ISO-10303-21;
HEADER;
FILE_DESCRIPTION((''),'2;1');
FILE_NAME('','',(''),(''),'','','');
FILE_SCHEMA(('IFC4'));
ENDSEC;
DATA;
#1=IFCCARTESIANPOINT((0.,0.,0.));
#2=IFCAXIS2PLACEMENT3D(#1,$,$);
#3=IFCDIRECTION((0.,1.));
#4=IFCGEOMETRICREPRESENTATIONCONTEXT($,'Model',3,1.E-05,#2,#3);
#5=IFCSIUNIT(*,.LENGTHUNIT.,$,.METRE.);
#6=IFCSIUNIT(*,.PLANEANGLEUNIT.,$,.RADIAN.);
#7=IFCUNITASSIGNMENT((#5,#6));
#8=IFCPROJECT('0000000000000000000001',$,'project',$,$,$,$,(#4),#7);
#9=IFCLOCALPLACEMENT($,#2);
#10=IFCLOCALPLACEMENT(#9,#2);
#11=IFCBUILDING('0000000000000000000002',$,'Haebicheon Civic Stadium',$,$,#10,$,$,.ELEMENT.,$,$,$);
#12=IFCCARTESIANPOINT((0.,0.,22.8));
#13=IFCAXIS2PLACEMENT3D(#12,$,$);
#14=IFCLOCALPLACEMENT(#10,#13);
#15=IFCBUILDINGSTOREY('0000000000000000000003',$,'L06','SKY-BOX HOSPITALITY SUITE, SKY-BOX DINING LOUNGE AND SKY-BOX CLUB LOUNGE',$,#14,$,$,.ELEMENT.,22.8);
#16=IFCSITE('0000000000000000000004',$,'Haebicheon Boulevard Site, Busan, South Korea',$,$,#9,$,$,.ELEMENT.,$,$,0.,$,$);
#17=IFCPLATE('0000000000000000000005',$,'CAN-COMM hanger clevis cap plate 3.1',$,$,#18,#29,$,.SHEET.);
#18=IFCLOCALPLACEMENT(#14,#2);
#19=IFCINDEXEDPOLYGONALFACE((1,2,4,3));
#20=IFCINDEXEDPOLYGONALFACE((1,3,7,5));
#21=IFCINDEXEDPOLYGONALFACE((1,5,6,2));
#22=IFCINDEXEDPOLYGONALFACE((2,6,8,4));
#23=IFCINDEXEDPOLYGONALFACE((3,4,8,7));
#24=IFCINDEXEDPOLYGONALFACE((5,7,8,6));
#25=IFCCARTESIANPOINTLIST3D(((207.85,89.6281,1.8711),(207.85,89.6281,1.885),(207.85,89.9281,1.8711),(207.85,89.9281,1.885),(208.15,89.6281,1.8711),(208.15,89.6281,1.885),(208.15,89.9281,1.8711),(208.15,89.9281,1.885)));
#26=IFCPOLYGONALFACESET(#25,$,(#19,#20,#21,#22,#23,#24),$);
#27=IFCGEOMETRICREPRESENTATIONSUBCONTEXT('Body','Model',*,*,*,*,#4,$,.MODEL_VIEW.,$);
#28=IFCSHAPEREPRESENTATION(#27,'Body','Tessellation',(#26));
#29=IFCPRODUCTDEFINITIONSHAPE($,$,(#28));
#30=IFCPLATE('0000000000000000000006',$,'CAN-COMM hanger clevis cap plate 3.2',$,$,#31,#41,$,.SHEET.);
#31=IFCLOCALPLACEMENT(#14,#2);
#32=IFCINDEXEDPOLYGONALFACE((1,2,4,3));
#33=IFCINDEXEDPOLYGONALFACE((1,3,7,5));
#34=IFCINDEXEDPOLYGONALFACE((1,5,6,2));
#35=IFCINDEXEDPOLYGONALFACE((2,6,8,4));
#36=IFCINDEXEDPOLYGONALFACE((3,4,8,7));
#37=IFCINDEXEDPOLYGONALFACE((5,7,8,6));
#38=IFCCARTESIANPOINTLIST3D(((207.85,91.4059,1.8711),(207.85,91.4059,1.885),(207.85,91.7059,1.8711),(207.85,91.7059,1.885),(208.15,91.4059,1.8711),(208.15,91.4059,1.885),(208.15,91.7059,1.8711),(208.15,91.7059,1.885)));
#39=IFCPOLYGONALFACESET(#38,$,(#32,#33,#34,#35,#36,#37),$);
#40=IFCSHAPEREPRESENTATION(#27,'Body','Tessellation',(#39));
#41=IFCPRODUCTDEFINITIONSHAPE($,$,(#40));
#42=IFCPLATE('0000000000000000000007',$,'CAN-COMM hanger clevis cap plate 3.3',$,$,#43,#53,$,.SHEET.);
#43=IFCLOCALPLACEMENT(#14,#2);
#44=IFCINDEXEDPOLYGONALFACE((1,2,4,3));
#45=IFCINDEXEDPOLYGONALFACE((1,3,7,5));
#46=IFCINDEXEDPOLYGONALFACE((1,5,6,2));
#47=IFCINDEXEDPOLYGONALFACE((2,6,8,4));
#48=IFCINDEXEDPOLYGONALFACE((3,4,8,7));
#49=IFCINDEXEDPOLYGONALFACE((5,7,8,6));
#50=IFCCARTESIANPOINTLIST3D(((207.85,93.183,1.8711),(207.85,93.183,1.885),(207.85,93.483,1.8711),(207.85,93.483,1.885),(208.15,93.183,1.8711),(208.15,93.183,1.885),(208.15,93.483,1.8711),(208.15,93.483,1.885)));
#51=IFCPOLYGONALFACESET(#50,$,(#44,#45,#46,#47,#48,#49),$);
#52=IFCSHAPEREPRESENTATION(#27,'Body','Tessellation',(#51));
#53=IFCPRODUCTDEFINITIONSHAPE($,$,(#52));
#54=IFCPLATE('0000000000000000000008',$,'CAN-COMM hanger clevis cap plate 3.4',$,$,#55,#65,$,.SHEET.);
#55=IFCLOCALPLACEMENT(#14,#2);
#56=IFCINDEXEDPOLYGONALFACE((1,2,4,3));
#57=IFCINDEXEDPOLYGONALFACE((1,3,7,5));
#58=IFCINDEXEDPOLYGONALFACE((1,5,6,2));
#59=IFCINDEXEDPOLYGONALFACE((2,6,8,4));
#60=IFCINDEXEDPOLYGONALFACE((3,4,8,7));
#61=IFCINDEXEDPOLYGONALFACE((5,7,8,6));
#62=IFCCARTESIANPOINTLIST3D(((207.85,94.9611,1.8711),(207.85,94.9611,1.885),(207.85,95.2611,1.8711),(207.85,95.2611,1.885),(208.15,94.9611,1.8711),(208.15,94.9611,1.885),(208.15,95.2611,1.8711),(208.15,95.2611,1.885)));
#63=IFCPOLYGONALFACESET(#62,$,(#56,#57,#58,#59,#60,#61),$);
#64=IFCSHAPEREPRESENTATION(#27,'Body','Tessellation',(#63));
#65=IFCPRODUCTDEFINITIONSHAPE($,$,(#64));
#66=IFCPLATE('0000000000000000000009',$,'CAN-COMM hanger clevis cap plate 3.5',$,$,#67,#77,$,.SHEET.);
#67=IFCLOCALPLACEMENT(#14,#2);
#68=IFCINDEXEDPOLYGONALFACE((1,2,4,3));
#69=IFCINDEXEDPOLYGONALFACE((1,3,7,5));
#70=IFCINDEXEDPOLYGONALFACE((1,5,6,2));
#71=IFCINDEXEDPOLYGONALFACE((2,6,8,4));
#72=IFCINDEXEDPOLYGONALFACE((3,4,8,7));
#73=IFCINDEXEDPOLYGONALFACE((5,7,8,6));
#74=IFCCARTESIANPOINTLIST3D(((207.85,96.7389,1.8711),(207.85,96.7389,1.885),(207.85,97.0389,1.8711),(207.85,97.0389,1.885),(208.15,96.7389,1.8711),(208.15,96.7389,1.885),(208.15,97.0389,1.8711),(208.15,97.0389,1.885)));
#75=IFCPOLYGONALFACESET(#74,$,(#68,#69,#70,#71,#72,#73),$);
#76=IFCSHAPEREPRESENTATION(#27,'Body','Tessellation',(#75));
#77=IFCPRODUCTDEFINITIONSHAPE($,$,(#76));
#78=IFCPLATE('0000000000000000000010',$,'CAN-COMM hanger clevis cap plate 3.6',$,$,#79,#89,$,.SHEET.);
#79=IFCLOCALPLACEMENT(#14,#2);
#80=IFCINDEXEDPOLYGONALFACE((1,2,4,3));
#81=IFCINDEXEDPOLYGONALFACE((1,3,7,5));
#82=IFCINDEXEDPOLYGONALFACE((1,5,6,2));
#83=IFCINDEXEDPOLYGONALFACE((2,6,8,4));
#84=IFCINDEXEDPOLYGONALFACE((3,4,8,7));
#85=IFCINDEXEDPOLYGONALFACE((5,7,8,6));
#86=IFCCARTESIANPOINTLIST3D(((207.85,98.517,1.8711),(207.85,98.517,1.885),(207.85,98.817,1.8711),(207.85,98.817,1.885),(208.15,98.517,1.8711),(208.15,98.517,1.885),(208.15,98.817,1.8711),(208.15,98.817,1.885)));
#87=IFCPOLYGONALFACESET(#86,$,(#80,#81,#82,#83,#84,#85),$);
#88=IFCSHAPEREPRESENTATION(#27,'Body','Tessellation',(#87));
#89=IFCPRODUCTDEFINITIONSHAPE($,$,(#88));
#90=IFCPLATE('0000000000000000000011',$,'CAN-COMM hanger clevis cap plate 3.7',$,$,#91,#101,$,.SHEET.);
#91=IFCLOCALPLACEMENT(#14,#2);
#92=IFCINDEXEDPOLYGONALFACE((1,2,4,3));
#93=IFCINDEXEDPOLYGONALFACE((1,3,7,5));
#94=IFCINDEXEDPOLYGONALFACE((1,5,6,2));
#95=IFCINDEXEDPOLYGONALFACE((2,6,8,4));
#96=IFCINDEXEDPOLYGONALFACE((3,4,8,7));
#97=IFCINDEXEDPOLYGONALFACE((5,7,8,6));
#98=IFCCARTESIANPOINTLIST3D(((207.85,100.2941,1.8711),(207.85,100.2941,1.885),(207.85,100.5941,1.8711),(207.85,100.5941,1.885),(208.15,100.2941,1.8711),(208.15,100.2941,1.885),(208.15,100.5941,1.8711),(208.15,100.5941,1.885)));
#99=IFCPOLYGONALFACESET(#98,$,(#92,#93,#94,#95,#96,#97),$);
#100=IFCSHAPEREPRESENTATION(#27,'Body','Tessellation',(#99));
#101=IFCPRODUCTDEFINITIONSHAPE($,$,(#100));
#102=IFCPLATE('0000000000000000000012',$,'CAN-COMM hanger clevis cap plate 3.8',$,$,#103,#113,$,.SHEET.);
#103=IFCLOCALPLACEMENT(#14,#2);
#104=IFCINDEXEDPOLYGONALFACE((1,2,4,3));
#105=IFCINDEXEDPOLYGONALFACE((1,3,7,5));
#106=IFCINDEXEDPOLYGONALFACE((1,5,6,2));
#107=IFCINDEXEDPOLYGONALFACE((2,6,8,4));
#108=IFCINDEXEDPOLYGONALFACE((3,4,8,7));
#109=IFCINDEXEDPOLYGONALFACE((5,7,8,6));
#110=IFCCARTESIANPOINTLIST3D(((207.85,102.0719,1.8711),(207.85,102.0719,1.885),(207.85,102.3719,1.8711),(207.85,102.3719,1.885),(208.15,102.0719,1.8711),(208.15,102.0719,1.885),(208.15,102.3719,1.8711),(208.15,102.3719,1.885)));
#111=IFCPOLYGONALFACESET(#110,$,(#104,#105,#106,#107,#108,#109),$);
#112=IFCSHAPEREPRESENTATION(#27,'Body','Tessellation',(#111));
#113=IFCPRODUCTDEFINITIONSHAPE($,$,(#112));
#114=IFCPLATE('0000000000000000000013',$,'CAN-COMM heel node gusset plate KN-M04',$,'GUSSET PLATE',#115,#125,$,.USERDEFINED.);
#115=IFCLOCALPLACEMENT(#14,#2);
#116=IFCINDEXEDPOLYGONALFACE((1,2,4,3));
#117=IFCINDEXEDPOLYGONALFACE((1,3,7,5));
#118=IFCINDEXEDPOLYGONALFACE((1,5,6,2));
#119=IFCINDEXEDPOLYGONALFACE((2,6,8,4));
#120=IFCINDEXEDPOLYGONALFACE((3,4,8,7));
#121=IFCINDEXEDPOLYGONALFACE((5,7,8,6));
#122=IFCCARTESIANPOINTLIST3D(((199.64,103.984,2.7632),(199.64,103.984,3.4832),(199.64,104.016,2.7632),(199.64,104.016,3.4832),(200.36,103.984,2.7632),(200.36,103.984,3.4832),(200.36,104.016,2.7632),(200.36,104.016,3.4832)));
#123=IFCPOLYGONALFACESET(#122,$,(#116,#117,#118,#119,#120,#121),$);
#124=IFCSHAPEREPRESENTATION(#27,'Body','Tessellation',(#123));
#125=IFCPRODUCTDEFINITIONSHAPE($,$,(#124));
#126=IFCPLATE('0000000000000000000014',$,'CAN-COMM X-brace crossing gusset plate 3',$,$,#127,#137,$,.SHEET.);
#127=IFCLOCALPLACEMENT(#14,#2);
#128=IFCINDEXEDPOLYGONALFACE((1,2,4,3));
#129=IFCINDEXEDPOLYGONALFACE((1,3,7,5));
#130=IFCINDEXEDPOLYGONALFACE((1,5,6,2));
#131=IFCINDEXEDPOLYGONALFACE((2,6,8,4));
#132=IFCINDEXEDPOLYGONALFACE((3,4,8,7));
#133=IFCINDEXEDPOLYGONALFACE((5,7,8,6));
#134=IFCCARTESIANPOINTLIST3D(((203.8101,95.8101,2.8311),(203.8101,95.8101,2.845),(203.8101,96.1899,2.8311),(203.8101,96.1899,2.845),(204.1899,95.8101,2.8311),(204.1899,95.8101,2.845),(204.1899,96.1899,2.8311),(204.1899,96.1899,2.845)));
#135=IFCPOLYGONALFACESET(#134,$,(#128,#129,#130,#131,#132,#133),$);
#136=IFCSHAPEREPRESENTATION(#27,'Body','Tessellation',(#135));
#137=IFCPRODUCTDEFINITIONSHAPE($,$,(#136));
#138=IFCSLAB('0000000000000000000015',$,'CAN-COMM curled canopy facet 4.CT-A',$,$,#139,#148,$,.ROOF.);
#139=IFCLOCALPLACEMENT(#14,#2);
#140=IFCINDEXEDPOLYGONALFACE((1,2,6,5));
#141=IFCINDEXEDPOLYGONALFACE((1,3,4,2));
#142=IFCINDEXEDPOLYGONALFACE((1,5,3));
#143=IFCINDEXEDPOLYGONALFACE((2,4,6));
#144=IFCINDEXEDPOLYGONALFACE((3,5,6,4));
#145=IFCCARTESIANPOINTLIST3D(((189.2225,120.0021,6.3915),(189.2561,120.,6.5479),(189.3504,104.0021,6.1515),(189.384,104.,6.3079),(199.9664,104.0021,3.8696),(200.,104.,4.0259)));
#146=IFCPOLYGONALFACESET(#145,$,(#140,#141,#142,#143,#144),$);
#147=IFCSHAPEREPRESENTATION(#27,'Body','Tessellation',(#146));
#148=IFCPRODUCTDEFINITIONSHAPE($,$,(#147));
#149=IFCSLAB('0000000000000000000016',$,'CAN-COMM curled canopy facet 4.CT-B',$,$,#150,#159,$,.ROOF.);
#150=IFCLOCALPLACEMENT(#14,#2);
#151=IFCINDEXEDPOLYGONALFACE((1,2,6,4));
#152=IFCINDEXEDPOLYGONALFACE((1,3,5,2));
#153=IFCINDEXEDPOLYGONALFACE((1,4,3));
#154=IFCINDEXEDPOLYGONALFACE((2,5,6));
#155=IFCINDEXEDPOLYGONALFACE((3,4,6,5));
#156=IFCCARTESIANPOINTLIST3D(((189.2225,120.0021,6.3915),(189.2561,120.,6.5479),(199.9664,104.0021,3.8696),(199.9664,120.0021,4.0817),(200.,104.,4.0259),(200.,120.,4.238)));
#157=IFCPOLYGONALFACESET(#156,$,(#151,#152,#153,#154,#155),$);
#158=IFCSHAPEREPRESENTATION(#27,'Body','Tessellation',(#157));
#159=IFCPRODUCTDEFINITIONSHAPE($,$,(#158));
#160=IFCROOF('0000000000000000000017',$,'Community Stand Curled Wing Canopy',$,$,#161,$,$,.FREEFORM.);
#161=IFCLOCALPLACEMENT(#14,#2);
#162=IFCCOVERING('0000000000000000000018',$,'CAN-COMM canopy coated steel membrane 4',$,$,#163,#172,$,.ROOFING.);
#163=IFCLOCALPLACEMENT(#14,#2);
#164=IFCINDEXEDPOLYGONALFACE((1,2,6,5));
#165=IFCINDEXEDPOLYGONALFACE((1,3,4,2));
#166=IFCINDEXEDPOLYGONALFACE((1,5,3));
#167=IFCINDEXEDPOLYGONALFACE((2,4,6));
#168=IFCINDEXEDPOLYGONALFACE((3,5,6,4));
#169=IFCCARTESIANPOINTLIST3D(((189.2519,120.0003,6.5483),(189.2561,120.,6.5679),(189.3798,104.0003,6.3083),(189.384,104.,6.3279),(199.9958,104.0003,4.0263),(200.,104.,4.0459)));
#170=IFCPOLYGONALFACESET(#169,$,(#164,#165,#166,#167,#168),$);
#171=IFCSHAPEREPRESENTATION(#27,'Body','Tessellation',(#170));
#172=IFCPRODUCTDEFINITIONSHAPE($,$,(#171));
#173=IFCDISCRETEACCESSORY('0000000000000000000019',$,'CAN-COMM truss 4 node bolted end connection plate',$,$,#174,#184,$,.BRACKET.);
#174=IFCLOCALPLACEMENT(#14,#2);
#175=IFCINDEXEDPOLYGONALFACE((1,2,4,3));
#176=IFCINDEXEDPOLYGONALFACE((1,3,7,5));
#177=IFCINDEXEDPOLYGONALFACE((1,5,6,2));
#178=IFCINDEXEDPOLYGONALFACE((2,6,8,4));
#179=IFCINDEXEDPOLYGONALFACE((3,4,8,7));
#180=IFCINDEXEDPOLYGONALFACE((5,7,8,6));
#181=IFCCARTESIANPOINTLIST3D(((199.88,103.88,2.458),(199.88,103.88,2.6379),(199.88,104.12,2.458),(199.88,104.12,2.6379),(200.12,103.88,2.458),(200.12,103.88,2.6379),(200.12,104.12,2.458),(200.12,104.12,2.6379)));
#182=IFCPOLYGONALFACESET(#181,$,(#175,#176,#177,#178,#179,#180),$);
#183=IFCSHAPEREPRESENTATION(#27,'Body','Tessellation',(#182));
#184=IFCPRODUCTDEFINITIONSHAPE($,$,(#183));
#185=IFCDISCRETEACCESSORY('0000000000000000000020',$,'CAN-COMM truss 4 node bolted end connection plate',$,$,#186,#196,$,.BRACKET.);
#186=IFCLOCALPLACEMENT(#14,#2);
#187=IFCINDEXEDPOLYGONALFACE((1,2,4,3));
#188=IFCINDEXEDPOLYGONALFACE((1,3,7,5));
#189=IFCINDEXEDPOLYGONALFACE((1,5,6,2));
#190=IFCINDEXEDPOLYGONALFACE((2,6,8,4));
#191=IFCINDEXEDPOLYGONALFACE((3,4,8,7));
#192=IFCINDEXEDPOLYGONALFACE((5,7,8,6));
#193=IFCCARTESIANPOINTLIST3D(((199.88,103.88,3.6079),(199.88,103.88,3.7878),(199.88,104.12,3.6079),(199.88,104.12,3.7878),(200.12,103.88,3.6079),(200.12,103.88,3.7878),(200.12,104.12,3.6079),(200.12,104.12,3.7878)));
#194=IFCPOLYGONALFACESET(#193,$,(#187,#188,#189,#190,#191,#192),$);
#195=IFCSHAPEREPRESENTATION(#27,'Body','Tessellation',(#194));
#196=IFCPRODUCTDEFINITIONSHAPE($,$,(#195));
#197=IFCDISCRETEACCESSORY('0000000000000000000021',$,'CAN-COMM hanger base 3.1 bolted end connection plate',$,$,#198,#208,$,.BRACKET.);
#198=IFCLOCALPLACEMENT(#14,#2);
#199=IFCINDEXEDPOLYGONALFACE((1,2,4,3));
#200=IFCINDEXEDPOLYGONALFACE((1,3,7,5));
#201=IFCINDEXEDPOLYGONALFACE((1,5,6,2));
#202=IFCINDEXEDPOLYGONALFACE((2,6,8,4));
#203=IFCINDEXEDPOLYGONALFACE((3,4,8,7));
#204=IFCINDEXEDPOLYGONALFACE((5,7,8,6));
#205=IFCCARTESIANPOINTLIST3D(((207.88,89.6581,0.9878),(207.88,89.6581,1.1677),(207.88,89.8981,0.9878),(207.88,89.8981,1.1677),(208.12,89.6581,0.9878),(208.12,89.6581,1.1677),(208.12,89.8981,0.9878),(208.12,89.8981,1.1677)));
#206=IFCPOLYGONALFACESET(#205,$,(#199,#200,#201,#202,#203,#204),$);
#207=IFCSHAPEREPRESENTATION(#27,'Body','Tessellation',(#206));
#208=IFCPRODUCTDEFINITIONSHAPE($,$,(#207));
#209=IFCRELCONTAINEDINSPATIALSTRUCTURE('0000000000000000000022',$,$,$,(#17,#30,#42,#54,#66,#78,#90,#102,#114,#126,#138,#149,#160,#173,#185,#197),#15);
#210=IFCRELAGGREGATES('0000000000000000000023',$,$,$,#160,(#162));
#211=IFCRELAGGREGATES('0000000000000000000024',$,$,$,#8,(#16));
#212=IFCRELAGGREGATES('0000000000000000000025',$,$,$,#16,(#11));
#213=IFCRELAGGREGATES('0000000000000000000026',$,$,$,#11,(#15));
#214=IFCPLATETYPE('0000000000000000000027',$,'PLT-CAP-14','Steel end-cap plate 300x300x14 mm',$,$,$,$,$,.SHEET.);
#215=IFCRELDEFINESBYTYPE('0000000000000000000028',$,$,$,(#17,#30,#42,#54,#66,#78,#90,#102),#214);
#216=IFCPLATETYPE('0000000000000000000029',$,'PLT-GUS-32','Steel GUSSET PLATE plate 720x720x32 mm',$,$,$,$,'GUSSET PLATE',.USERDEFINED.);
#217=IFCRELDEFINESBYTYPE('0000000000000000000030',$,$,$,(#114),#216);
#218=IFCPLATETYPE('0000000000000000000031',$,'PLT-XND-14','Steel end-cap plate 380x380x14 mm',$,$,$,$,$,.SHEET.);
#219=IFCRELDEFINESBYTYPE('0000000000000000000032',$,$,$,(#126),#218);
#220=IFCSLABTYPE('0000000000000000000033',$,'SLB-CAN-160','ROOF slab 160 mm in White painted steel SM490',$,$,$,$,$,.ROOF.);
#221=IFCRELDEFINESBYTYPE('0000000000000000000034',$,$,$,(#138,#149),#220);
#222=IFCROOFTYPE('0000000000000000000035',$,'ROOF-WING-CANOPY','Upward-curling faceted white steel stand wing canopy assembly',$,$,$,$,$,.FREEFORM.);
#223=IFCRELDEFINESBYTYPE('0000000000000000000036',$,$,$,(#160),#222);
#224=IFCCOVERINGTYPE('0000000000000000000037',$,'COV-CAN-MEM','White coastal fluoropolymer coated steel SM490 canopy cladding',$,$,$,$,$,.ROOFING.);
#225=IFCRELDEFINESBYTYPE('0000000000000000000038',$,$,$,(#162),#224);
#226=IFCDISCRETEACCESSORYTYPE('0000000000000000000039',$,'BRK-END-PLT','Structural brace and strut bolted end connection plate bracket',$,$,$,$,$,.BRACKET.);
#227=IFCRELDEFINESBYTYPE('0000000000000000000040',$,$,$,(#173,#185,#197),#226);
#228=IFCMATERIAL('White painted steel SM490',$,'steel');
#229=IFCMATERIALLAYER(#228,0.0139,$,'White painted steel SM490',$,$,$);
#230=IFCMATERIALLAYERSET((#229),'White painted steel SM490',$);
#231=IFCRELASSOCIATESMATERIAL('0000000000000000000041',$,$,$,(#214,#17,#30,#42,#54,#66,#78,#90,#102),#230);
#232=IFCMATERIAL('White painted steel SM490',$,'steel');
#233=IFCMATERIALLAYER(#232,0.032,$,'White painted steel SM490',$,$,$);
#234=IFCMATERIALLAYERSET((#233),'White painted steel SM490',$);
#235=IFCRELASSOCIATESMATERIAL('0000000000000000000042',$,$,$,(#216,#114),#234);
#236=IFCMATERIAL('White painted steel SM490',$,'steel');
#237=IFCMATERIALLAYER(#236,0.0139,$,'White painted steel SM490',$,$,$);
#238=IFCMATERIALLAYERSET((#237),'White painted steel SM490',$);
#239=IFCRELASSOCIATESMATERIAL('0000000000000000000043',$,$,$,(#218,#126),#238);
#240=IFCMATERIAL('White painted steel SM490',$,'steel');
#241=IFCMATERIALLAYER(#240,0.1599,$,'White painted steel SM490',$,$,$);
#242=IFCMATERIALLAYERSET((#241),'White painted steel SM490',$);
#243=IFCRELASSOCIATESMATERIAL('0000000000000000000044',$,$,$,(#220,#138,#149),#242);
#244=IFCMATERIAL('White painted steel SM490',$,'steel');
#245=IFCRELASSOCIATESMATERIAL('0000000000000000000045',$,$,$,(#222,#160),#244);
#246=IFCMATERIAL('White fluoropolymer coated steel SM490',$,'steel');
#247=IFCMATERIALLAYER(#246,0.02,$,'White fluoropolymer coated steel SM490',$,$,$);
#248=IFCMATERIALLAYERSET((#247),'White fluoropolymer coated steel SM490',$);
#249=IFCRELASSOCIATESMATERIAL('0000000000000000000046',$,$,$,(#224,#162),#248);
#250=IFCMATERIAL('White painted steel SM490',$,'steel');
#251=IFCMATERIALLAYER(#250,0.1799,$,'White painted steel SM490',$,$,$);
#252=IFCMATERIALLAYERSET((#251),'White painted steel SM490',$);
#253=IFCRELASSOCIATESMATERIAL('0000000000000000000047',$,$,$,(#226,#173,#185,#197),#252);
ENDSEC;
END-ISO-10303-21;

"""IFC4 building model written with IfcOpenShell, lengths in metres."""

from ifc_helpers import new_model, si_unit, direction, frame, origin, origin_2d, place, context, subcontext, project, spatial, polyline, rectangle, outline, extrude, material, layer, layer_set, type_object, element, aggregate, save


model = new_model("IFC4")

# Units and contexts
model_context = context("Model", 3, precision=1e-05, world=origin(), true_north=direction((0.0, 1.0)))
body_context = subcontext(model_context, "Body", "Model", "MODEL_VIEW")
ifc_project = project(units=[si_unit("LENGTHUNIT", "METRE"), si_unit("PLANEANGLEUNIT", "RADIAN")], contexts=[model_context])

# Site, building, storey
site_placement = place(None, origin())
site = spatial("IfcSite", under=ifc_project, at=site_placement, Name="Haebicheon Boulevard Site, Busan, South Korea", CompositionType="ELEMENT", RefElevation=0.0)
building_placement = place(site_placement, origin())
building = spatial("IfcBuilding", under=site, at=building_placement, Name="Haebicheon Civic Stadium", CompositionType="ELEMENT")
storey_placement = place(building_placement, frame((0.0, 0.0, 22.8)))
storey = spatial("IfcBuildingStorey", under=building, at=storey_placement, Name="L06", Description="SKY-BOX HOSPITALITY SUITE, SKY-BOX DINING LOUNGE AND SKY-BOX CLUB LOUNGE", CompositionType="ELEMENT", Elevation=22.8)

# Plates
ifc_material_1 = material(Name="White painted steel SM490", Category="steel")
ifc_layer_1 = layer(ifc_material_1, 0.0139, Name="White painted steel SM490")
ifc_layer_set_1 = layer_set([ifc_layer_1], Name="White painted steel SM490")
plate_type_1 = type_object("IfcPlateType", Name="PLT-CAP-14", Description="Steel end-cap plate 300x300x14 mm", PredefinedType="SHEET", material=ifc_layer_set_1)
for number, where, z_axis, x_axis, name in (
    (1, (208.0, 89.7781, 1.8711), (0.0, 0.0, 1.0), (1.0, 0.0, 0.0), "CAN-COMM hanger clevis cap plate 3.1"),
    (2, (208.0, 91.5559, 1.8711), (0.0, 0.0, 1.0), (1.0, 0.0, 0.0), "CAN-COMM hanger clevis cap plate 3.2"),
    (3, (208.0, 93.333, 1.8711), (0.0, 0.0, 1.0), (1.0, 0.0, 0.0), "CAN-COMM hanger clevis cap plate 3.3"),
    (4, (208.0, 95.1111, 1.8711), (0.0, 0.0, 1.0), (1.0, 0.0, 0.0), "CAN-COMM hanger clevis cap plate 3.4"),
    (5, (208.0, 96.8889, 1.8711), (0.0, 0.0, 1.0), (1.0, 0.0, 0.0), "CAN-COMM hanger clevis cap plate 3.5"),
    (6, (208.0, 98.667, 1.8711), (0.0, 0.0, 1.0), (1.0, 0.0, 0.0), "CAN-COMM hanger clevis cap plate 3.6"),
    (7, (208.0, 100.4441, 1.8711), (0.0, 0.0, 1.0), (1.0, 0.0, 0.0), "CAN-COMM hanger clevis cap plate 3.7"),
    (8, (208.0, 102.2219, 1.8711), (0.0, 0.0, 1.0), (1.0, 0.0, 0.0), "CAN-COMM hanger clevis cap plate 3.8"),
):
    element("IfcPlate", number, at=place(storey_placement, frame(where, z_axis=z_axis, x_axis=x_axis)), inside=storey, type_object=plate_type_1, material=ifc_layer_set_1, Name=name, PredefinedType="SHEET", context=body_context, shape_type="SweptSolid", body=[
        extrude(rectangle(XDim=0.3, YDim=0.3, at=origin_2d()), origin(), (0.0, 0.0, 1.0), 0.0139),
    ])
ifc_material_2 = material(Name="White painted steel SM490", Category="steel")
ifc_layer_2 = layer(ifc_material_2, 0.032, Name="White painted steel SM490")
ifc_layer_set_2 = layer_set([ifc_layer_2], Name="White painted steel SM490")
plate_type_2 = type_object("IfcPlateType", Name="PLT-GUS-32", Description="Steel GUSSET PLATE plate 720x720x32 mm", ElementType="GUSSET PLATE", PredefinedType="USERDEFINED", material=ifc_layer_set_2)
plate_1_placement = place(storey_placement, frame((200.0, 104.0, 2.7632), z_axis=(0.0, 0.0, 1.0), x_axis=(1.0, 0.0, 0.0)))
element("IfcPlate", 9, at=plate_1_placement, inside=storey, type_object=plate_type_2, material=ifc_layer_set_2, Name="CAN-COMM heel node gusset plate KN-M04", ObjectType="GUSSET PLATE", PredefinedType="USERDEFINED", context=body_context, shape_type="SweptSolid", body=[
    extrude(rectangle(XDim=0.72, YDim=0.032, at=origin_2d()), origin(), (0.0, 0.0, 1.0), 0.72),
])
ifc_material_3 = material(Name="White painted steel SM490", Category="steel")
ifc_layer_3 = layer(ifc_material_3, 0.0139, Name="White painted steel SM490")
ifc_layer_set_3 = layer_set([ifc_layer_3], Name="White painted steel SM490")
plate_type_3 = type_object("IfcPlateType", Name="PLT-XND-14", Description="Steel end-cap plate 380x380x14 mm", PredefinedType="SHEET", material=ifc_layer_set_3)
plate_2_placement = place(storey_placement, frame((204.0, 96.0, 2.8311), z_axis=(0.0, 0.0, 1.0), x_axis=(1.0, 0.0, 0.0)))
element("IfcPlate", 10, at=plate_2_placement, inside=storey, type_object=plate_type_3, material=ifc_layer_set_3, Name="CAN-COMM X-brace crossing gusset plate 3", PredefinedType="SHEET", context=body_context, shape_type="SweptSolid", body=[
    extrude(rectangle(XDim=0.3799, YDim=0.3799, at=origin_2d()), origin(), (0.0, 0.0, 1.0), 0.0139),
])

# Slabs
ifc_material_4 = material(Name="White painted steel SM490", Category="steel")
ifc_layer_4 = layer(ifc_material_4, 0.1599, Name="White painted steel SM490")
ifc_layer_set_4 = layer_set([ifc_layer_4], Name="White painted steel SM490")
slab_type = type_object("IfcSlabType", Name="SLB-CAN-160", Description="ROOF slab 160 mm in White painted steel SM490", PredefinedType="ROOF", material=ifc_layer_set_4)
slab_1_placement = place(storey_placement, frame((200.0, 104.0, 4.0259), z_axis=(0.210139, -0.012983, 0.977585), x_axis=(-0.977668, 0.0, 0.210157)))
element("IfcSlab", 11, at=slab_1_placement, inside=storey, type_object=slab_type, material=ifc_layer_set_4, Name="CAN-COMM curled canopy facet 4.CT-A", PredefinedType="ROOF", context=body_context, shape_type="SweptSolid", body=[
    extrude(outline(polyline([(0.0, 0.0), (10.8585, 0.0), (11.034, -16.0013), (0.0, 0.0)])), origin(), (0.0, 0.0, -1.0), 0.1599),
])
slab_2_placement = place(storey_placement, frame((200.0, 104.0, 4.0259), z_axis=(0.210168, -0.012963, 0.977579), x_axis=(-0.552759, 0.823178, 0.129752)))
element("IfcSlab", 12, at=slab_2_placement, inside=storey, type_object=slab_type, material=ifc_layer_set_4, Name="CAN-COMM curled canopy facet 4.CT-B", PredefinedType="ROOF", context=body_context, shape_type="SweptSolid", body=[
    extrude(outline(polyline([(0.0, 0.0), (19.4369, 0.0), (13.1984, -9.047), (0.0, 0.0)])), origin(), (0.0, 0.0, -1.0), 0.1599),
])

# Roof, covering
ifc_material_5 = material(Name="White painted steel SM490", Category="steel")
roof_type = type_object("IfcRoofType", Name="ROOF-WING-CANOPY", Description="Upward-curling faceted white steel stand wing canopy assembly", PredefinedType="FREEFORM", material=ifc_material_5)
roof_placement = place(storey_placement, origin())
roof = element("IfcRoof", 13, at=roof_placement, inside=storey, type_object=roof_type, material=ifc_material_5, Name="Community Stand Curled Wing Canopy", PredefinedType="FREEFORM")
ifc_material_6 = material(Name="White fluoropolymer coated steel SM490", Category="steel")
ifc_layer_5 = layer(ifc_material_6, 0.02, Name="White fluoropolymer coated steel SM490")
ifc_layer_set_5 = layer_set([ifc_layer_5], Name="White fluoropolymer coated steel SM490")
covering_type = type_object("IfcCoveringType", Name="COV-CAN-MEM", Description="White coastal fluoropolymer coated steel SM490 canopy cladding", PredefinedType="ROOFING", material=ifc_layer_set_5)
covering_placement = place(storey_placement, frame((200.0, 104.0, 4.0459), z_axis=(0.210139, -0.012983, 0.977585), x_axis=(-0.977668, 0.0, 0.210157)))
covering = element("IfcCovering", 14, at=covering_placement, type_object=covering_type, material=ifc_layer_set_5, Name="CAN-COMM canopy coated steel membrane 4", PredefinedType="ROOFING", context=body_context, shape_type="SweptSolid", body=[
    extrude(outline(polyline([(0.0, 0.0), (10.8585, 0.0), (11.034, -16.0013), (0.0, 0.0)])), origin(), (0.0, 0.0, -1.0), 0.02),
])
aggregate(roof, [covering])

# Discrete accessories
ifc_material_7 = material(Name="White painted steel SM490", Category="steel")
ifc_layer_6 = layer(ifc_material_7, 0.1799, Name="White painted steel SM490")
ifc_layer_set_6 = layer_set([ifc_layer_6], Name="White painted steel SM490")
discrete_accessory_type = type_object("IfcDiscreteAccessoryType", Name="BRK-END-PLT", Description="Structural brace and strut bolted end connection plate bracket", PredefinedType="BRACKET", material=ifc_layer_set_6)
for number, where, z_axis, x_axis, name in (
    (15, (200.0, 104.0, 2.458), (0.0, 0.0, 1.0), (1.0, 0.0, 0.0), "CAN-COMM truss 4 node bolted end connection plate"),
    (16, (200.0, 104.0, 3.6079), (0.0, 0.0, 1.0), (1.0, 0.0, 0.0), "CAN-COMM truss 4 node bolted end connection plate"),
    (17, (208.0, 89.7781, 0.9878), (0.0, 0.0, 1.0), (1.0, 0.0, 0.0), "CAN-COMM hanger base 3.1 bolted end connection plate"),
):
    element("IfcDiscreteAccessory", number, at=place(storey_placement, frame(where, z_axis=z_axis, x_axis=x_axis)), inside=storey, type_object=discrete_accessory_type, material=ifc_layer_set_6, Name=name, PredefinedType="BRACKET", context=body_context, shape_type="SweptSolid", body=[
        extrude(rectangle(XDim=0.24, YDim=0.24, at=origin_2d()), origin(), (0.0, 0.0, 1.0), 0.1799),
    ])

save(model, "model.ifc")
